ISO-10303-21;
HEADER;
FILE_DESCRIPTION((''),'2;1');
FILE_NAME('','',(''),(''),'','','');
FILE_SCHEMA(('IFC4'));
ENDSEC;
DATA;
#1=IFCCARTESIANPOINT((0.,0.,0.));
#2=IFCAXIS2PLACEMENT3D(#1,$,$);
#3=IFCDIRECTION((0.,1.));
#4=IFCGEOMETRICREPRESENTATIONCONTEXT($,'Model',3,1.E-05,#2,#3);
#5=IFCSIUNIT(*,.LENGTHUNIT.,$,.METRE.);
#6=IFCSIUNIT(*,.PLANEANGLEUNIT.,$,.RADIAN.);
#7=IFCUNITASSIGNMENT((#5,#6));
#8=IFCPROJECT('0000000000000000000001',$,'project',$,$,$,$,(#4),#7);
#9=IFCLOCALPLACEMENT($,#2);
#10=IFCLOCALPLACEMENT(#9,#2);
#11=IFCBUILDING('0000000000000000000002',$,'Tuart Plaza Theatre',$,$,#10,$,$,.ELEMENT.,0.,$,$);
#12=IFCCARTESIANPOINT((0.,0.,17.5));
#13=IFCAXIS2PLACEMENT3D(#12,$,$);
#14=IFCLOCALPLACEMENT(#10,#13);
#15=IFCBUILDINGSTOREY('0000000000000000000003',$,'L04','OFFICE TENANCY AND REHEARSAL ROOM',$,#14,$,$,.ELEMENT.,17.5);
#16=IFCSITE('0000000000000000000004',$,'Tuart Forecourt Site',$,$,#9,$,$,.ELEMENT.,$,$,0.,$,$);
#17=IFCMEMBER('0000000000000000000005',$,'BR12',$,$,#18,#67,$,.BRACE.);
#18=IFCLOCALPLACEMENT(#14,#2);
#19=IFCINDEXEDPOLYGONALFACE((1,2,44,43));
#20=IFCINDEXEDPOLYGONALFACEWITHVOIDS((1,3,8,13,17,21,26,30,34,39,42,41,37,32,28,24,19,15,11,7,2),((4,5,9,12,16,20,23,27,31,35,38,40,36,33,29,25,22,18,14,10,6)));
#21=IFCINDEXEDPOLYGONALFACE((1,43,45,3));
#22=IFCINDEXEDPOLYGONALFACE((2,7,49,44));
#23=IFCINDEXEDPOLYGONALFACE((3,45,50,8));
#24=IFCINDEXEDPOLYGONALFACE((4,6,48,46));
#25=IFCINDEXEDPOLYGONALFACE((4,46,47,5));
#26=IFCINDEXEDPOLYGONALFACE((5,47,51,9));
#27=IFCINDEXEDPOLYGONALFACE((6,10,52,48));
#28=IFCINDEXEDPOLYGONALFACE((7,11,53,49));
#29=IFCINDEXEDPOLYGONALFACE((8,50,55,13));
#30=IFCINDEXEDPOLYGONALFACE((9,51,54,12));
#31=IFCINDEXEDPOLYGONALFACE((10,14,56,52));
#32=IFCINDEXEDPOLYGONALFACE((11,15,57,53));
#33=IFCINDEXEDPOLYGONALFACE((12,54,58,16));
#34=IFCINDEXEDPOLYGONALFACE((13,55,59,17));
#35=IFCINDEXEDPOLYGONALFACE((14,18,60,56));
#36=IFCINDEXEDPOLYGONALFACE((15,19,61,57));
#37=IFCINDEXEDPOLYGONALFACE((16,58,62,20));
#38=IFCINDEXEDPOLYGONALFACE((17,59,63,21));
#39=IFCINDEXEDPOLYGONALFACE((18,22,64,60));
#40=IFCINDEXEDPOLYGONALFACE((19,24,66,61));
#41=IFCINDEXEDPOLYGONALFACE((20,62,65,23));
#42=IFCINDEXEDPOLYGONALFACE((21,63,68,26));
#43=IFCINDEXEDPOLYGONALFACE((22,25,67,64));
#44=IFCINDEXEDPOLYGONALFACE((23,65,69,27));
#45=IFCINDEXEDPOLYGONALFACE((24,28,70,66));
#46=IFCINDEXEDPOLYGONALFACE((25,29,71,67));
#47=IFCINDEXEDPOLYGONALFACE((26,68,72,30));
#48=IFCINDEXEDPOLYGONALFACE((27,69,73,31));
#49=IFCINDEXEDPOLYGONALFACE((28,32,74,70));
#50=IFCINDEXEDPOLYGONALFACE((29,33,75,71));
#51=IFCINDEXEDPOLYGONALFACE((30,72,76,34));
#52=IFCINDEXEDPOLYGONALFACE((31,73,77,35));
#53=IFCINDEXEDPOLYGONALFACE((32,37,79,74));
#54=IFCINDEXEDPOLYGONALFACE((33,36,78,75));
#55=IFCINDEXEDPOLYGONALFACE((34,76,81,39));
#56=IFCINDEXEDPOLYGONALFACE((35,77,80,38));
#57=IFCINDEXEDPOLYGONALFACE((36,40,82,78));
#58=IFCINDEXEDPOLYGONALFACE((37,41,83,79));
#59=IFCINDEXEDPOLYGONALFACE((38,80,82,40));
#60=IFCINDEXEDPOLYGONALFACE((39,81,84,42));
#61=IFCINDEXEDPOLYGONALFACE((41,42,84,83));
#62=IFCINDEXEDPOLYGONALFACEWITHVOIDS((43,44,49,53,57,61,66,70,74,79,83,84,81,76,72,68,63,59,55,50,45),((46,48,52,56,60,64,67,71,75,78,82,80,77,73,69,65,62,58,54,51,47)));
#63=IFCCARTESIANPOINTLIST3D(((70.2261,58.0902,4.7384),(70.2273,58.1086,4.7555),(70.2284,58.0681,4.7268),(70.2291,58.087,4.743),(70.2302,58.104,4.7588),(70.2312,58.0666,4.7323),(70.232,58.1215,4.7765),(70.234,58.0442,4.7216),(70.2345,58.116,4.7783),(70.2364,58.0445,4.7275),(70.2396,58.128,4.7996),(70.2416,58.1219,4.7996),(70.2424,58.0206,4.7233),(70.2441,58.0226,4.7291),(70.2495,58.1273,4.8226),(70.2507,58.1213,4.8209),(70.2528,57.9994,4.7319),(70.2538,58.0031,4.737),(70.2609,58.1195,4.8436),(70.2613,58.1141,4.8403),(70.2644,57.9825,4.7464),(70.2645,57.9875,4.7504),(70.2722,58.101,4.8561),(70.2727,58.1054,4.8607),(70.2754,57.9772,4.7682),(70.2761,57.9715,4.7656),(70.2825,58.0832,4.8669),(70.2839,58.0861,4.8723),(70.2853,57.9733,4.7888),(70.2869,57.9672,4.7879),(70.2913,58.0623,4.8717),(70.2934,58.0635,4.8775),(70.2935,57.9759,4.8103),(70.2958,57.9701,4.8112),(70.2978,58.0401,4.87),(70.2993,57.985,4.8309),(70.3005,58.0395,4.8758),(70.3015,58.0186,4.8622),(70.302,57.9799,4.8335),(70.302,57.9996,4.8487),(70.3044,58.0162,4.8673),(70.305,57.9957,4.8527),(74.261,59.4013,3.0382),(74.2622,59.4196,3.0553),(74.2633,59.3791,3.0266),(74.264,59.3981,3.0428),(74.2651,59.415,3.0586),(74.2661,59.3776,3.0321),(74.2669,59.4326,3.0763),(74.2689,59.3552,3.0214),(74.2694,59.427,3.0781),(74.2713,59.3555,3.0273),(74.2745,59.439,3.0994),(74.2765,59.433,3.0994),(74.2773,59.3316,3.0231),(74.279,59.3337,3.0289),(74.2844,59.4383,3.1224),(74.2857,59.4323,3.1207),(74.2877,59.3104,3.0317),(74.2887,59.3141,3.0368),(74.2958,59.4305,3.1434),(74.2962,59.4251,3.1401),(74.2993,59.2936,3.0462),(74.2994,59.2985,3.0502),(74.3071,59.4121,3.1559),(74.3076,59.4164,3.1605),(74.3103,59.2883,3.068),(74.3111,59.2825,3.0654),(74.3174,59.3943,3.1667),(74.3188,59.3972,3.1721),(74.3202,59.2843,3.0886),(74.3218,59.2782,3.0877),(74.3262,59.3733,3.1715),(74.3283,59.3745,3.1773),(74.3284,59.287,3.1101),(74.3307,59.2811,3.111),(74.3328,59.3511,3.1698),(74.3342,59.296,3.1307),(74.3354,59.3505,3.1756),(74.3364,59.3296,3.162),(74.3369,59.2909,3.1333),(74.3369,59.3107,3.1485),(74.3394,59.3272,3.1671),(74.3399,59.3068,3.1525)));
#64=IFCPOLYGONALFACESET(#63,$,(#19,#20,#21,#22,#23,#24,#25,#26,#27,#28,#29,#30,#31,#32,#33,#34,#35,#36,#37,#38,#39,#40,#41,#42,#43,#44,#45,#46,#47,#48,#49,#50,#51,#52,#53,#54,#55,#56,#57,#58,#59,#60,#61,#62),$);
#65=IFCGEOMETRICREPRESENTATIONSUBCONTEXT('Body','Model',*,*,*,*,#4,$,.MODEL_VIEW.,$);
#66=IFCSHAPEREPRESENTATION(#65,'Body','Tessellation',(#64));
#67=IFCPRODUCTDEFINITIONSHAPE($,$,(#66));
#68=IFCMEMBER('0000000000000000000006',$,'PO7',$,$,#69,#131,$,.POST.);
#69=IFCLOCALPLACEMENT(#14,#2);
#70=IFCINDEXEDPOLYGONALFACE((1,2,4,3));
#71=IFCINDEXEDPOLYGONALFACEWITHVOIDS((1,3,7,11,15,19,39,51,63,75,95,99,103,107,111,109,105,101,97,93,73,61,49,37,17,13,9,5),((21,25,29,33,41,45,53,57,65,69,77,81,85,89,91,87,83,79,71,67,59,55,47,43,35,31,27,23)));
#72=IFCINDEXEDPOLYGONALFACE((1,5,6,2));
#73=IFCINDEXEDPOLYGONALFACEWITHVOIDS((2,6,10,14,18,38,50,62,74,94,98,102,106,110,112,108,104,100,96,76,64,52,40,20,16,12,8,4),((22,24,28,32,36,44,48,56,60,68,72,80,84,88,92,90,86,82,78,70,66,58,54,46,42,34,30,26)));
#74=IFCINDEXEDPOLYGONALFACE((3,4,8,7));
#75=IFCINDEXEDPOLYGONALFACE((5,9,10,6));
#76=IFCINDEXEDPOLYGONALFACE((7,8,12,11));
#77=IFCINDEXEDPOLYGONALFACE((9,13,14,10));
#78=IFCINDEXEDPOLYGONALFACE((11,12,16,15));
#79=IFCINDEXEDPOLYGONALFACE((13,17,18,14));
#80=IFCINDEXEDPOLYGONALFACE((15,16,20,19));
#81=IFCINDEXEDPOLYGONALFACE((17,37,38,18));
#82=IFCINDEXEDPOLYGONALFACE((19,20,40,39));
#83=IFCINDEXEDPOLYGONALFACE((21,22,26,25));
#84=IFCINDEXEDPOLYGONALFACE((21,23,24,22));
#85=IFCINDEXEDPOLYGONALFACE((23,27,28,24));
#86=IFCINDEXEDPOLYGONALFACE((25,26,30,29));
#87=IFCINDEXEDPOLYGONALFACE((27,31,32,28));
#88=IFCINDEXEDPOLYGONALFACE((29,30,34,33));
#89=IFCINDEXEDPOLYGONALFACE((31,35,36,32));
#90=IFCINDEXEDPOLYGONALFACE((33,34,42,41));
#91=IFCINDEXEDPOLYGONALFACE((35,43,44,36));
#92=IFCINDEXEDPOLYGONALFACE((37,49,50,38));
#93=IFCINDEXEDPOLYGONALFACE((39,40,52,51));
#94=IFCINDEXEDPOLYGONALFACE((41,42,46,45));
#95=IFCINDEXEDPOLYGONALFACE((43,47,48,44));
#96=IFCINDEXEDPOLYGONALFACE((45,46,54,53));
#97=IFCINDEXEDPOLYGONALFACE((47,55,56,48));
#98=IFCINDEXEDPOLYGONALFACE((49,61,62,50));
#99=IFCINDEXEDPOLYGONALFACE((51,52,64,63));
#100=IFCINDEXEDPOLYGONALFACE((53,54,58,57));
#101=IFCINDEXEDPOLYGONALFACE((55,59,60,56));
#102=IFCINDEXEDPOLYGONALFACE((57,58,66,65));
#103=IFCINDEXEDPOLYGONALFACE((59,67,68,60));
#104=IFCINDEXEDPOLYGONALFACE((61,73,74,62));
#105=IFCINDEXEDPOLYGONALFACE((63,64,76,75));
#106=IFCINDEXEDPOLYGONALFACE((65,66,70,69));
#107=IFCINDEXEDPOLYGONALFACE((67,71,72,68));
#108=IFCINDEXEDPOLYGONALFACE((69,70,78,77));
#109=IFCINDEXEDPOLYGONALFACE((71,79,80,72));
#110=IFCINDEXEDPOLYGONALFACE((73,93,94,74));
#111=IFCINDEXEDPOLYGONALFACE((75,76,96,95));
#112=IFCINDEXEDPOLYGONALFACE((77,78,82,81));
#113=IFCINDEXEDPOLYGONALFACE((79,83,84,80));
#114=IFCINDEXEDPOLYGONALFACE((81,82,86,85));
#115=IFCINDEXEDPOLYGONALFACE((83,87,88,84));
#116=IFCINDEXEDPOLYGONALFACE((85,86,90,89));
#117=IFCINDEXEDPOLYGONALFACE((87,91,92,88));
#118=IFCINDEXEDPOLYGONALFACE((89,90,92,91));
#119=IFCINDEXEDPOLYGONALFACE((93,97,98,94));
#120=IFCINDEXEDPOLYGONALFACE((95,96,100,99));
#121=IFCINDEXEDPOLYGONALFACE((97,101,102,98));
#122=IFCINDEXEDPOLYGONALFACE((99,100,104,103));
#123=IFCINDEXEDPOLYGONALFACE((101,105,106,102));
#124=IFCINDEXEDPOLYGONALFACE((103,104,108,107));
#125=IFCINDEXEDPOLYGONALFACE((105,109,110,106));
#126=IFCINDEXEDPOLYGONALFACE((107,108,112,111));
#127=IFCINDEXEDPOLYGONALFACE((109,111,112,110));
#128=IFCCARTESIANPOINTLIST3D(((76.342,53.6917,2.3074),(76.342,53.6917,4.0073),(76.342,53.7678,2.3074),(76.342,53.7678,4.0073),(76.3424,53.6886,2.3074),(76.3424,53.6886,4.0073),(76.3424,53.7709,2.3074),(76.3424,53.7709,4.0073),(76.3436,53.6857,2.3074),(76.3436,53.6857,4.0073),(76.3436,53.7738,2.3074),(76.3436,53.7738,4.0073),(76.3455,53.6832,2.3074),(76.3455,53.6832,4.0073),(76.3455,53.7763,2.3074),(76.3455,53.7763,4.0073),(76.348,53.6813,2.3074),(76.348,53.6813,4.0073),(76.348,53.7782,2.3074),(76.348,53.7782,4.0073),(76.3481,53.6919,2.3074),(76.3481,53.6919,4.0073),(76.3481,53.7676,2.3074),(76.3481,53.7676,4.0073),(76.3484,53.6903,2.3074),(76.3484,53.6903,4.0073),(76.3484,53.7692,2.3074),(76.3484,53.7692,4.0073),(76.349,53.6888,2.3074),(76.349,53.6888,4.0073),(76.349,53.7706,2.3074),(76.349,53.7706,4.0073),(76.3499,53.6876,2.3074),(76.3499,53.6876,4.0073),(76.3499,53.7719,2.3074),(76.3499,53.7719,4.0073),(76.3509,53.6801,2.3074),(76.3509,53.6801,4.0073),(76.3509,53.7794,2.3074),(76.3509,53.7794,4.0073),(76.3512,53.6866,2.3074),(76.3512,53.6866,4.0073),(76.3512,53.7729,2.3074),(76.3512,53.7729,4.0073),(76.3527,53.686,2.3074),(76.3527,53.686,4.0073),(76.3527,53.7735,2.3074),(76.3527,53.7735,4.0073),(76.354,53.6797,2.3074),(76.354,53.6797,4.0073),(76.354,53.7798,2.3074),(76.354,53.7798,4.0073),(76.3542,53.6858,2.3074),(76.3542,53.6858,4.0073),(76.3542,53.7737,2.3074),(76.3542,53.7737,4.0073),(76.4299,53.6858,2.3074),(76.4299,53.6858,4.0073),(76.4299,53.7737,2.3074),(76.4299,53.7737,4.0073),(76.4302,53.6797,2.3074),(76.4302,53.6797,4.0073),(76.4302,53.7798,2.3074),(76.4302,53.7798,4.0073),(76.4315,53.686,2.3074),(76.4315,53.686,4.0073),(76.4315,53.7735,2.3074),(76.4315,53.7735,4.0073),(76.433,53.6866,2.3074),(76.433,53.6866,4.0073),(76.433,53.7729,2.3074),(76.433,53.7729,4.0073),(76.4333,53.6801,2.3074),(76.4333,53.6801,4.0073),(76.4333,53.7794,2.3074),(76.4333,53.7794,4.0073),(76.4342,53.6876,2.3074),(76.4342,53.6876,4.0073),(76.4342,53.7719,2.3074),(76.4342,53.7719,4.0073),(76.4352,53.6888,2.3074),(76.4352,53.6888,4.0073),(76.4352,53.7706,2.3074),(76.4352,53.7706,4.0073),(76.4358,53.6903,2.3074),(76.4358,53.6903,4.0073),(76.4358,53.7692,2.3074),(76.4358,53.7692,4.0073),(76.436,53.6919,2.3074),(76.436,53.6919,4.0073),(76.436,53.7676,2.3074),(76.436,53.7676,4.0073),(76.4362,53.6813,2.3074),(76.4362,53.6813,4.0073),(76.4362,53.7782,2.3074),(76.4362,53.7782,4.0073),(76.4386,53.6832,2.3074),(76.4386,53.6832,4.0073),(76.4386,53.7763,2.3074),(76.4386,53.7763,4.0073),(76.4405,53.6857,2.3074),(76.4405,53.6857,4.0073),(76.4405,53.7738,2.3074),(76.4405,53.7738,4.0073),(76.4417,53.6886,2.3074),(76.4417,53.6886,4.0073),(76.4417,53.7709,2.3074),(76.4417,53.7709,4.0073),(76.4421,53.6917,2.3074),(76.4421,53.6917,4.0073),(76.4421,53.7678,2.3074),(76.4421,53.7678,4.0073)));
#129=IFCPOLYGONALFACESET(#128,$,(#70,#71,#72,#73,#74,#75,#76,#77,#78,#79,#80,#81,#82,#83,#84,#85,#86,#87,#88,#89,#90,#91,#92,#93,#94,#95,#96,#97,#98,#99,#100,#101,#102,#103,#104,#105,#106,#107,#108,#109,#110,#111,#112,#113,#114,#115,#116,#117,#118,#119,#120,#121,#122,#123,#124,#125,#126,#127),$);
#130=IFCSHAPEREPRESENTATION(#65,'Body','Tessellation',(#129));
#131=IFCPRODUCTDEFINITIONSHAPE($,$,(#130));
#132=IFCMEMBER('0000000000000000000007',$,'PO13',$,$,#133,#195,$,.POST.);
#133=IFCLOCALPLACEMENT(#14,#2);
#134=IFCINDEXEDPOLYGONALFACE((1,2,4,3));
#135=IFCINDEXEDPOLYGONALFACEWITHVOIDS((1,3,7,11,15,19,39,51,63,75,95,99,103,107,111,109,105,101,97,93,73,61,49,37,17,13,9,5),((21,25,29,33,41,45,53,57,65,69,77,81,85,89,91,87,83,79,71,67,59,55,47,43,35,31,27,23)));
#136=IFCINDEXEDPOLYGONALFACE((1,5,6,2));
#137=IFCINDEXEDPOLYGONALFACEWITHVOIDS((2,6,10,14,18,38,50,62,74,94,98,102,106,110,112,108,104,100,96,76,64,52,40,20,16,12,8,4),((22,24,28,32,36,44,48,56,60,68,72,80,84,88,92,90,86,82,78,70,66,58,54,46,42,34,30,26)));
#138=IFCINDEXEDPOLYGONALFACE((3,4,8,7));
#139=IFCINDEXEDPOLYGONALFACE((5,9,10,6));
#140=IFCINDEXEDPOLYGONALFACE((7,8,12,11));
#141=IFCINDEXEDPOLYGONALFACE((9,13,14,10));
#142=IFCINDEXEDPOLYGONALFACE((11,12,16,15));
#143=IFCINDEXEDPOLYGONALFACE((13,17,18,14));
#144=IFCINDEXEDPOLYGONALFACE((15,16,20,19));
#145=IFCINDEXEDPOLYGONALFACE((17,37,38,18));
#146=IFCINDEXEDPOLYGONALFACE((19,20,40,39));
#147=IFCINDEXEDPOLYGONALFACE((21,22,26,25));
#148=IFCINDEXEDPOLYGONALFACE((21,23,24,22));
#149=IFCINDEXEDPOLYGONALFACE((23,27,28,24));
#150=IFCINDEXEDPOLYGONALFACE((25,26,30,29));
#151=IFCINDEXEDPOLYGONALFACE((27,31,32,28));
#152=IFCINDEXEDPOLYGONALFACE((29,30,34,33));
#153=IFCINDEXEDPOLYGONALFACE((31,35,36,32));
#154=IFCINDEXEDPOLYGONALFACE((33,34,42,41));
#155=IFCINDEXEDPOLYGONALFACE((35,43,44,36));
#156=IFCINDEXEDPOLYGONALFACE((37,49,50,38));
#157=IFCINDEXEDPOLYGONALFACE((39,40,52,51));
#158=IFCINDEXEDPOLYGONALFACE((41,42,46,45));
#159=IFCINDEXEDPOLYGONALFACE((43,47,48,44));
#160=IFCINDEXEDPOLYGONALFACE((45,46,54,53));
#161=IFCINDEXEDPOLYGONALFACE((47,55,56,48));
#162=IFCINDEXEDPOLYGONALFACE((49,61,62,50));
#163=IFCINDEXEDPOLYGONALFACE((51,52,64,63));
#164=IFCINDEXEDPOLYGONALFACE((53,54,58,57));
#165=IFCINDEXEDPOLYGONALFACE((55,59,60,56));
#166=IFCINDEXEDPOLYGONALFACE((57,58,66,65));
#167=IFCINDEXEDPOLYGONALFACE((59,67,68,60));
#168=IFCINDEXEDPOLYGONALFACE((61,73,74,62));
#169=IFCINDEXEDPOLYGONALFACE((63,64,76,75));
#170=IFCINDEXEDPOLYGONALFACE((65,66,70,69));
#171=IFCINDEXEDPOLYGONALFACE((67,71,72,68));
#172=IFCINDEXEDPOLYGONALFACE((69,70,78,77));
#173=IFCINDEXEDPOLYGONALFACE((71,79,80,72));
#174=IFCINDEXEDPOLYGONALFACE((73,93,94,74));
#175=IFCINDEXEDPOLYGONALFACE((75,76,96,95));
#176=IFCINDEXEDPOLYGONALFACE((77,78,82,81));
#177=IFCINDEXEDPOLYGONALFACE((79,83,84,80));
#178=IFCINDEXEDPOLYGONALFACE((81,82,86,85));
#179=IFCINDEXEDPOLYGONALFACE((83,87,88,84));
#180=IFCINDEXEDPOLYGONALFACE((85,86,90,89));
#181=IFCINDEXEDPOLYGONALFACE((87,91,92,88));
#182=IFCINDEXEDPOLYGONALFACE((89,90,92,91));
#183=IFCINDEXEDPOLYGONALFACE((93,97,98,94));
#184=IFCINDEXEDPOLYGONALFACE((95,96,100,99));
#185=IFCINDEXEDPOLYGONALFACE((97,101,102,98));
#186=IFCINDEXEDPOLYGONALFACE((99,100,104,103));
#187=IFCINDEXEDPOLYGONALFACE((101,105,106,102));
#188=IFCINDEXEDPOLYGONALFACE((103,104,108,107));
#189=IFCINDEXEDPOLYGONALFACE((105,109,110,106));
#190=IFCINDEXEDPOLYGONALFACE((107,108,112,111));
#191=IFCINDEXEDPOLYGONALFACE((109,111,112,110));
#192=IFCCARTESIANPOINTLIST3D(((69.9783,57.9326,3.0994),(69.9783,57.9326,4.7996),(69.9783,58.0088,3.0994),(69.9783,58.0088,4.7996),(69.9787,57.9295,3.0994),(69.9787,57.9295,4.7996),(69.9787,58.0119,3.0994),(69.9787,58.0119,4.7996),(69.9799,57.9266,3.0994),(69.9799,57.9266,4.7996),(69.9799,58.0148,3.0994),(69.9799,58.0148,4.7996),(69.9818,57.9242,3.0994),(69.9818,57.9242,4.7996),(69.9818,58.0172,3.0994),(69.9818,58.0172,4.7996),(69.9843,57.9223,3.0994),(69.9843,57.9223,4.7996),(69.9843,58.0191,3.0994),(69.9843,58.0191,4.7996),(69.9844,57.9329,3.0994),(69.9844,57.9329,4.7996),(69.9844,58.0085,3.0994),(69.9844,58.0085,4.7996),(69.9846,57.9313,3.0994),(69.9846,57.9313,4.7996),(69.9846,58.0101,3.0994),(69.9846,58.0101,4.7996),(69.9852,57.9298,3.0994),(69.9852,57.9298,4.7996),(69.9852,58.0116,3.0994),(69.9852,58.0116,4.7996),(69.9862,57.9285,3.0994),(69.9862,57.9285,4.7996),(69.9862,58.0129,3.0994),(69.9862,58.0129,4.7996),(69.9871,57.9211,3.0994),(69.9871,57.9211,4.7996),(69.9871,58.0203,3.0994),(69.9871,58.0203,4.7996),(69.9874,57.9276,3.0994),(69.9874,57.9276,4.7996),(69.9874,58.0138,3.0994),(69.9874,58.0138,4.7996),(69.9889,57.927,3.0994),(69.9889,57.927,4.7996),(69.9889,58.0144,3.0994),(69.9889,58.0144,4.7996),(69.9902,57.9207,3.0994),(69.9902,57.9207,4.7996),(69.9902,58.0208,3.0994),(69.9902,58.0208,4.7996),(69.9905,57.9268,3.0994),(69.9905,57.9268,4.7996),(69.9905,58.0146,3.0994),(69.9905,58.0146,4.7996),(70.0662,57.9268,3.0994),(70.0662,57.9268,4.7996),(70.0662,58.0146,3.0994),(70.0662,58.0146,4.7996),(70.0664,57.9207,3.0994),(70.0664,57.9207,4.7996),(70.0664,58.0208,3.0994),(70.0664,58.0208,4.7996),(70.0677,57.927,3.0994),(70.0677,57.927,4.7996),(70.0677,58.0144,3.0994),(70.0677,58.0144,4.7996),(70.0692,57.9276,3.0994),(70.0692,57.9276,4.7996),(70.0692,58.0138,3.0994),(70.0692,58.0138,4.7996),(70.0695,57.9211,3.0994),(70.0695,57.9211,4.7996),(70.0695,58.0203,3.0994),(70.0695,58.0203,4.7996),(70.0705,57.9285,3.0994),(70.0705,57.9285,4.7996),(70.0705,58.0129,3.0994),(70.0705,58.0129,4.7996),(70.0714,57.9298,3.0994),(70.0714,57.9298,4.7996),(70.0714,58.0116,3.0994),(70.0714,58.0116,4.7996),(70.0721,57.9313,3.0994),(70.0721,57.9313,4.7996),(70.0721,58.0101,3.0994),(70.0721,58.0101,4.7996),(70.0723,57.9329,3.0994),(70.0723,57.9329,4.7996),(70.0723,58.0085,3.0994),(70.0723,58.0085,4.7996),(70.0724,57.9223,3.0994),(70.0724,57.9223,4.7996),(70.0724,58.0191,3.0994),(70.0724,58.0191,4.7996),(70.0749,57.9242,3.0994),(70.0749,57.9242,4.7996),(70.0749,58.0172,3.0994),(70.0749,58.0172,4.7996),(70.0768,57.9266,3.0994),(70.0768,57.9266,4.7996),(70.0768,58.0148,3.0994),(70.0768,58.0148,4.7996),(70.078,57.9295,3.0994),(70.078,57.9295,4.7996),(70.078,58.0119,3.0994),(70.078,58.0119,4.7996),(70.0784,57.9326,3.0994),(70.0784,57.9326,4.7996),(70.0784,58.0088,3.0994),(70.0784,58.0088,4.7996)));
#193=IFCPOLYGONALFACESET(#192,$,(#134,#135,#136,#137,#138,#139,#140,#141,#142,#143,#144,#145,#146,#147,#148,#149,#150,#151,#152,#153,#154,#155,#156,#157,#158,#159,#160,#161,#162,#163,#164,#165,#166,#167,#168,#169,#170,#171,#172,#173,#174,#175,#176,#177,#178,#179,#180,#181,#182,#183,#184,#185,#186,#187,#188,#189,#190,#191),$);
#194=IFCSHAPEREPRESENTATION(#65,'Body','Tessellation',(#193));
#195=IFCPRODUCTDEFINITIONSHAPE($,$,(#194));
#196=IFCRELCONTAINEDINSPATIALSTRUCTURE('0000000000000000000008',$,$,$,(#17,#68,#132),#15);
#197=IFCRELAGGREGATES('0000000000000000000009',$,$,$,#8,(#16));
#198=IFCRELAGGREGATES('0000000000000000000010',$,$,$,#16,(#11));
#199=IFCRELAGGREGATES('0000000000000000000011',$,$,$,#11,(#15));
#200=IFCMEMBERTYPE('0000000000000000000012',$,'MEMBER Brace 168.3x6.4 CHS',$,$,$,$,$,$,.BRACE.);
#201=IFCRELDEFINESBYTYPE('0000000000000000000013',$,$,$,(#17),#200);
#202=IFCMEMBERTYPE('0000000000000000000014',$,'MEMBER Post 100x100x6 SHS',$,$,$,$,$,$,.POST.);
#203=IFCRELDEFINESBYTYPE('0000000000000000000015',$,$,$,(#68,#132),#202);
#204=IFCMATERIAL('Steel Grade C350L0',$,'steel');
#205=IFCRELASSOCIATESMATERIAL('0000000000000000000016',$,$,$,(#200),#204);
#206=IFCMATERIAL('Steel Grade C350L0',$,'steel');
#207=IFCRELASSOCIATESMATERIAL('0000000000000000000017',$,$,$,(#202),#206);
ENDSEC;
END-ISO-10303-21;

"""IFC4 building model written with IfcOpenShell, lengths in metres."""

from ifc_helpers import new_model, si_unit, direction, frame, origin, origin_2d, place, context, subcontext, project, spatial, hollow_rectangle, hollow_circle, extrude, material, material_profile, profile_set, type_object, element, save


model = new_model("IFC4")

# Units and contexts
model_context = context("Model", 3, precision=1e-05, world=origin(), true_north=direction((0.0, 1.0)))
body_context = subcontext(model_context, "Body", "Model", "MODEL_VIEW")
ifc_project = project(units=[si_unit("LENGTHUNIT", "METRE"), si_unit("PLANEANGLEUNIT", "RADIAN")], contexts=[model_context])

# Site, building, storey
site_placement = place(None, origin())
site = spatial("IfcSite", under=ifc_project, at=site_placement, Name="Tuart Forecourt Site", CompositionType="ELEMENT", RefElevation=0.0)
building_placement = place(site_placement, origin())
building = spatial("IfcBuilding", under=site, at=building_placement, Name="Tuart Plaza Theatre", CompositionType="ELEMENT", ElevationOfRefHeight=0.0)
storey_placement = place(building_placement, frame((0.0, 0.0, 17.5)))
storey = spatial("IfcBuildingStorey", under=building, at=storey_placement, Name="L04", Description="OFFICE TENANCY AND REHEARSAL ROOM", CompositionType="ELEMENT", Elevation=17.5)

# Members
ifc_material_1 = material(Name="Steel Grade C350L0", Category="steel")
ifc_material_profile_1 = material_profile(ifc_material_1, hollow_circle(Radius=0.0842, WallThickness=0.0063, at=origin_2d()), Name="168.3x6.4 CHS")
ifc_profile_set_1 = profile_set([ifc_material_profile_1], Name="Steel Grade C350L0")
member_type_1 = type_object("IfcMemberType", Name="MEMBER Brace 168.3x6.4 CHS", PredefinedType="BRACE", material=ifc_profile_set_1)
for number, where, z_axis, x_axis, name in (
    (1, (70.2656, 58.0479, 4.7996), (0.882805, 0.286844, -0.371989), (-0.30902, 0.951056, 0.0), "BR12"),
):
    element("IfcMember", number, at=place(storey_placement, frame(where, z_axis=z_axis, x_axis=x_axis)), inside=storey, type_object=member_type_1, Name=name, PredefinedType="BRACE", context=body_context, shape_type="SweptSolid", body=[
        extrude(hollow_circle(Radius=0.0842, WallThickness=0.0063, at=origin_2d()), origin(), (0.0, 0.0, 1.0), 4.5706),
    ])
ifc_material_2 = material(Name="Steel Grade C350L0", Category="steel")
ifc_material_profile_2 = material_profile(ifc_material_2, hollow_rectangle(XDim=0.1001, YDim=0.1001, WallThickness=0.0061, InnerFilletRadius=0.0061, OuterFilletRadius=0.012, at=origin_2d()), Name="100x100x6 SHS")
ifc_profile_set_2 = profile_set([ifc_material_profile_2], Name="Steel Grade C350L0")
member_type_2 = type_object("IfcMemberType", Name="MEMBER Post 100x100x6 SHS", PredefinedType="POST", material=ifc_profile_set_2)
member_1_placement = place(storey_placement, frame((76.3921, 53.7297, 2.3074), z_axis=(0.0, 0.0, 1.0), x_axis=(1.0, 0.0, 0.0)))
element("IfcMember", 2, at=member_1_placement, inside=storey, type_object=member_type_2, Name="PO7", PredefinedType="POST", context=body_context, shape_type="SweptSolid", body=[
    extrude(hollow_rectangle(XDim=0.1001, YDim=0.1001, WallThickness=0.0061, InnerFilletRadius=0.0061, OuterFilletRadius=0.012, at=origin_2d()), origin(), (0.0, 0.0, 1.0), 1.7),
])
for number, where, z_axis, x_axis, name in (
    (3, (70.0283, 57.9707, 3.0994), (0.0, 0.0, 1.0), (1.0, 0.0, 0.0), "PO13"),
):
    element("IfcMember", number, at=place(storey_placement, frame(where, z_axis=z_axis, x_axis=x_axis)), inside=storey, type_object=member_type_2, Name=name, PredefinedType="POST", context=body_context, shape_type="SweptSolid", body=[
        extrude(hollow_rectangle(XDim=0.1001, YDim=0.1001, WallThickness=0.0061, InnerFilletRadius=0.0061, OuterFilletRadius=0.012, at=origin_2d()), origin(), (0.0, 0.0, 1.0), 1.7002),
    ])

save(model, "model.ifc")
